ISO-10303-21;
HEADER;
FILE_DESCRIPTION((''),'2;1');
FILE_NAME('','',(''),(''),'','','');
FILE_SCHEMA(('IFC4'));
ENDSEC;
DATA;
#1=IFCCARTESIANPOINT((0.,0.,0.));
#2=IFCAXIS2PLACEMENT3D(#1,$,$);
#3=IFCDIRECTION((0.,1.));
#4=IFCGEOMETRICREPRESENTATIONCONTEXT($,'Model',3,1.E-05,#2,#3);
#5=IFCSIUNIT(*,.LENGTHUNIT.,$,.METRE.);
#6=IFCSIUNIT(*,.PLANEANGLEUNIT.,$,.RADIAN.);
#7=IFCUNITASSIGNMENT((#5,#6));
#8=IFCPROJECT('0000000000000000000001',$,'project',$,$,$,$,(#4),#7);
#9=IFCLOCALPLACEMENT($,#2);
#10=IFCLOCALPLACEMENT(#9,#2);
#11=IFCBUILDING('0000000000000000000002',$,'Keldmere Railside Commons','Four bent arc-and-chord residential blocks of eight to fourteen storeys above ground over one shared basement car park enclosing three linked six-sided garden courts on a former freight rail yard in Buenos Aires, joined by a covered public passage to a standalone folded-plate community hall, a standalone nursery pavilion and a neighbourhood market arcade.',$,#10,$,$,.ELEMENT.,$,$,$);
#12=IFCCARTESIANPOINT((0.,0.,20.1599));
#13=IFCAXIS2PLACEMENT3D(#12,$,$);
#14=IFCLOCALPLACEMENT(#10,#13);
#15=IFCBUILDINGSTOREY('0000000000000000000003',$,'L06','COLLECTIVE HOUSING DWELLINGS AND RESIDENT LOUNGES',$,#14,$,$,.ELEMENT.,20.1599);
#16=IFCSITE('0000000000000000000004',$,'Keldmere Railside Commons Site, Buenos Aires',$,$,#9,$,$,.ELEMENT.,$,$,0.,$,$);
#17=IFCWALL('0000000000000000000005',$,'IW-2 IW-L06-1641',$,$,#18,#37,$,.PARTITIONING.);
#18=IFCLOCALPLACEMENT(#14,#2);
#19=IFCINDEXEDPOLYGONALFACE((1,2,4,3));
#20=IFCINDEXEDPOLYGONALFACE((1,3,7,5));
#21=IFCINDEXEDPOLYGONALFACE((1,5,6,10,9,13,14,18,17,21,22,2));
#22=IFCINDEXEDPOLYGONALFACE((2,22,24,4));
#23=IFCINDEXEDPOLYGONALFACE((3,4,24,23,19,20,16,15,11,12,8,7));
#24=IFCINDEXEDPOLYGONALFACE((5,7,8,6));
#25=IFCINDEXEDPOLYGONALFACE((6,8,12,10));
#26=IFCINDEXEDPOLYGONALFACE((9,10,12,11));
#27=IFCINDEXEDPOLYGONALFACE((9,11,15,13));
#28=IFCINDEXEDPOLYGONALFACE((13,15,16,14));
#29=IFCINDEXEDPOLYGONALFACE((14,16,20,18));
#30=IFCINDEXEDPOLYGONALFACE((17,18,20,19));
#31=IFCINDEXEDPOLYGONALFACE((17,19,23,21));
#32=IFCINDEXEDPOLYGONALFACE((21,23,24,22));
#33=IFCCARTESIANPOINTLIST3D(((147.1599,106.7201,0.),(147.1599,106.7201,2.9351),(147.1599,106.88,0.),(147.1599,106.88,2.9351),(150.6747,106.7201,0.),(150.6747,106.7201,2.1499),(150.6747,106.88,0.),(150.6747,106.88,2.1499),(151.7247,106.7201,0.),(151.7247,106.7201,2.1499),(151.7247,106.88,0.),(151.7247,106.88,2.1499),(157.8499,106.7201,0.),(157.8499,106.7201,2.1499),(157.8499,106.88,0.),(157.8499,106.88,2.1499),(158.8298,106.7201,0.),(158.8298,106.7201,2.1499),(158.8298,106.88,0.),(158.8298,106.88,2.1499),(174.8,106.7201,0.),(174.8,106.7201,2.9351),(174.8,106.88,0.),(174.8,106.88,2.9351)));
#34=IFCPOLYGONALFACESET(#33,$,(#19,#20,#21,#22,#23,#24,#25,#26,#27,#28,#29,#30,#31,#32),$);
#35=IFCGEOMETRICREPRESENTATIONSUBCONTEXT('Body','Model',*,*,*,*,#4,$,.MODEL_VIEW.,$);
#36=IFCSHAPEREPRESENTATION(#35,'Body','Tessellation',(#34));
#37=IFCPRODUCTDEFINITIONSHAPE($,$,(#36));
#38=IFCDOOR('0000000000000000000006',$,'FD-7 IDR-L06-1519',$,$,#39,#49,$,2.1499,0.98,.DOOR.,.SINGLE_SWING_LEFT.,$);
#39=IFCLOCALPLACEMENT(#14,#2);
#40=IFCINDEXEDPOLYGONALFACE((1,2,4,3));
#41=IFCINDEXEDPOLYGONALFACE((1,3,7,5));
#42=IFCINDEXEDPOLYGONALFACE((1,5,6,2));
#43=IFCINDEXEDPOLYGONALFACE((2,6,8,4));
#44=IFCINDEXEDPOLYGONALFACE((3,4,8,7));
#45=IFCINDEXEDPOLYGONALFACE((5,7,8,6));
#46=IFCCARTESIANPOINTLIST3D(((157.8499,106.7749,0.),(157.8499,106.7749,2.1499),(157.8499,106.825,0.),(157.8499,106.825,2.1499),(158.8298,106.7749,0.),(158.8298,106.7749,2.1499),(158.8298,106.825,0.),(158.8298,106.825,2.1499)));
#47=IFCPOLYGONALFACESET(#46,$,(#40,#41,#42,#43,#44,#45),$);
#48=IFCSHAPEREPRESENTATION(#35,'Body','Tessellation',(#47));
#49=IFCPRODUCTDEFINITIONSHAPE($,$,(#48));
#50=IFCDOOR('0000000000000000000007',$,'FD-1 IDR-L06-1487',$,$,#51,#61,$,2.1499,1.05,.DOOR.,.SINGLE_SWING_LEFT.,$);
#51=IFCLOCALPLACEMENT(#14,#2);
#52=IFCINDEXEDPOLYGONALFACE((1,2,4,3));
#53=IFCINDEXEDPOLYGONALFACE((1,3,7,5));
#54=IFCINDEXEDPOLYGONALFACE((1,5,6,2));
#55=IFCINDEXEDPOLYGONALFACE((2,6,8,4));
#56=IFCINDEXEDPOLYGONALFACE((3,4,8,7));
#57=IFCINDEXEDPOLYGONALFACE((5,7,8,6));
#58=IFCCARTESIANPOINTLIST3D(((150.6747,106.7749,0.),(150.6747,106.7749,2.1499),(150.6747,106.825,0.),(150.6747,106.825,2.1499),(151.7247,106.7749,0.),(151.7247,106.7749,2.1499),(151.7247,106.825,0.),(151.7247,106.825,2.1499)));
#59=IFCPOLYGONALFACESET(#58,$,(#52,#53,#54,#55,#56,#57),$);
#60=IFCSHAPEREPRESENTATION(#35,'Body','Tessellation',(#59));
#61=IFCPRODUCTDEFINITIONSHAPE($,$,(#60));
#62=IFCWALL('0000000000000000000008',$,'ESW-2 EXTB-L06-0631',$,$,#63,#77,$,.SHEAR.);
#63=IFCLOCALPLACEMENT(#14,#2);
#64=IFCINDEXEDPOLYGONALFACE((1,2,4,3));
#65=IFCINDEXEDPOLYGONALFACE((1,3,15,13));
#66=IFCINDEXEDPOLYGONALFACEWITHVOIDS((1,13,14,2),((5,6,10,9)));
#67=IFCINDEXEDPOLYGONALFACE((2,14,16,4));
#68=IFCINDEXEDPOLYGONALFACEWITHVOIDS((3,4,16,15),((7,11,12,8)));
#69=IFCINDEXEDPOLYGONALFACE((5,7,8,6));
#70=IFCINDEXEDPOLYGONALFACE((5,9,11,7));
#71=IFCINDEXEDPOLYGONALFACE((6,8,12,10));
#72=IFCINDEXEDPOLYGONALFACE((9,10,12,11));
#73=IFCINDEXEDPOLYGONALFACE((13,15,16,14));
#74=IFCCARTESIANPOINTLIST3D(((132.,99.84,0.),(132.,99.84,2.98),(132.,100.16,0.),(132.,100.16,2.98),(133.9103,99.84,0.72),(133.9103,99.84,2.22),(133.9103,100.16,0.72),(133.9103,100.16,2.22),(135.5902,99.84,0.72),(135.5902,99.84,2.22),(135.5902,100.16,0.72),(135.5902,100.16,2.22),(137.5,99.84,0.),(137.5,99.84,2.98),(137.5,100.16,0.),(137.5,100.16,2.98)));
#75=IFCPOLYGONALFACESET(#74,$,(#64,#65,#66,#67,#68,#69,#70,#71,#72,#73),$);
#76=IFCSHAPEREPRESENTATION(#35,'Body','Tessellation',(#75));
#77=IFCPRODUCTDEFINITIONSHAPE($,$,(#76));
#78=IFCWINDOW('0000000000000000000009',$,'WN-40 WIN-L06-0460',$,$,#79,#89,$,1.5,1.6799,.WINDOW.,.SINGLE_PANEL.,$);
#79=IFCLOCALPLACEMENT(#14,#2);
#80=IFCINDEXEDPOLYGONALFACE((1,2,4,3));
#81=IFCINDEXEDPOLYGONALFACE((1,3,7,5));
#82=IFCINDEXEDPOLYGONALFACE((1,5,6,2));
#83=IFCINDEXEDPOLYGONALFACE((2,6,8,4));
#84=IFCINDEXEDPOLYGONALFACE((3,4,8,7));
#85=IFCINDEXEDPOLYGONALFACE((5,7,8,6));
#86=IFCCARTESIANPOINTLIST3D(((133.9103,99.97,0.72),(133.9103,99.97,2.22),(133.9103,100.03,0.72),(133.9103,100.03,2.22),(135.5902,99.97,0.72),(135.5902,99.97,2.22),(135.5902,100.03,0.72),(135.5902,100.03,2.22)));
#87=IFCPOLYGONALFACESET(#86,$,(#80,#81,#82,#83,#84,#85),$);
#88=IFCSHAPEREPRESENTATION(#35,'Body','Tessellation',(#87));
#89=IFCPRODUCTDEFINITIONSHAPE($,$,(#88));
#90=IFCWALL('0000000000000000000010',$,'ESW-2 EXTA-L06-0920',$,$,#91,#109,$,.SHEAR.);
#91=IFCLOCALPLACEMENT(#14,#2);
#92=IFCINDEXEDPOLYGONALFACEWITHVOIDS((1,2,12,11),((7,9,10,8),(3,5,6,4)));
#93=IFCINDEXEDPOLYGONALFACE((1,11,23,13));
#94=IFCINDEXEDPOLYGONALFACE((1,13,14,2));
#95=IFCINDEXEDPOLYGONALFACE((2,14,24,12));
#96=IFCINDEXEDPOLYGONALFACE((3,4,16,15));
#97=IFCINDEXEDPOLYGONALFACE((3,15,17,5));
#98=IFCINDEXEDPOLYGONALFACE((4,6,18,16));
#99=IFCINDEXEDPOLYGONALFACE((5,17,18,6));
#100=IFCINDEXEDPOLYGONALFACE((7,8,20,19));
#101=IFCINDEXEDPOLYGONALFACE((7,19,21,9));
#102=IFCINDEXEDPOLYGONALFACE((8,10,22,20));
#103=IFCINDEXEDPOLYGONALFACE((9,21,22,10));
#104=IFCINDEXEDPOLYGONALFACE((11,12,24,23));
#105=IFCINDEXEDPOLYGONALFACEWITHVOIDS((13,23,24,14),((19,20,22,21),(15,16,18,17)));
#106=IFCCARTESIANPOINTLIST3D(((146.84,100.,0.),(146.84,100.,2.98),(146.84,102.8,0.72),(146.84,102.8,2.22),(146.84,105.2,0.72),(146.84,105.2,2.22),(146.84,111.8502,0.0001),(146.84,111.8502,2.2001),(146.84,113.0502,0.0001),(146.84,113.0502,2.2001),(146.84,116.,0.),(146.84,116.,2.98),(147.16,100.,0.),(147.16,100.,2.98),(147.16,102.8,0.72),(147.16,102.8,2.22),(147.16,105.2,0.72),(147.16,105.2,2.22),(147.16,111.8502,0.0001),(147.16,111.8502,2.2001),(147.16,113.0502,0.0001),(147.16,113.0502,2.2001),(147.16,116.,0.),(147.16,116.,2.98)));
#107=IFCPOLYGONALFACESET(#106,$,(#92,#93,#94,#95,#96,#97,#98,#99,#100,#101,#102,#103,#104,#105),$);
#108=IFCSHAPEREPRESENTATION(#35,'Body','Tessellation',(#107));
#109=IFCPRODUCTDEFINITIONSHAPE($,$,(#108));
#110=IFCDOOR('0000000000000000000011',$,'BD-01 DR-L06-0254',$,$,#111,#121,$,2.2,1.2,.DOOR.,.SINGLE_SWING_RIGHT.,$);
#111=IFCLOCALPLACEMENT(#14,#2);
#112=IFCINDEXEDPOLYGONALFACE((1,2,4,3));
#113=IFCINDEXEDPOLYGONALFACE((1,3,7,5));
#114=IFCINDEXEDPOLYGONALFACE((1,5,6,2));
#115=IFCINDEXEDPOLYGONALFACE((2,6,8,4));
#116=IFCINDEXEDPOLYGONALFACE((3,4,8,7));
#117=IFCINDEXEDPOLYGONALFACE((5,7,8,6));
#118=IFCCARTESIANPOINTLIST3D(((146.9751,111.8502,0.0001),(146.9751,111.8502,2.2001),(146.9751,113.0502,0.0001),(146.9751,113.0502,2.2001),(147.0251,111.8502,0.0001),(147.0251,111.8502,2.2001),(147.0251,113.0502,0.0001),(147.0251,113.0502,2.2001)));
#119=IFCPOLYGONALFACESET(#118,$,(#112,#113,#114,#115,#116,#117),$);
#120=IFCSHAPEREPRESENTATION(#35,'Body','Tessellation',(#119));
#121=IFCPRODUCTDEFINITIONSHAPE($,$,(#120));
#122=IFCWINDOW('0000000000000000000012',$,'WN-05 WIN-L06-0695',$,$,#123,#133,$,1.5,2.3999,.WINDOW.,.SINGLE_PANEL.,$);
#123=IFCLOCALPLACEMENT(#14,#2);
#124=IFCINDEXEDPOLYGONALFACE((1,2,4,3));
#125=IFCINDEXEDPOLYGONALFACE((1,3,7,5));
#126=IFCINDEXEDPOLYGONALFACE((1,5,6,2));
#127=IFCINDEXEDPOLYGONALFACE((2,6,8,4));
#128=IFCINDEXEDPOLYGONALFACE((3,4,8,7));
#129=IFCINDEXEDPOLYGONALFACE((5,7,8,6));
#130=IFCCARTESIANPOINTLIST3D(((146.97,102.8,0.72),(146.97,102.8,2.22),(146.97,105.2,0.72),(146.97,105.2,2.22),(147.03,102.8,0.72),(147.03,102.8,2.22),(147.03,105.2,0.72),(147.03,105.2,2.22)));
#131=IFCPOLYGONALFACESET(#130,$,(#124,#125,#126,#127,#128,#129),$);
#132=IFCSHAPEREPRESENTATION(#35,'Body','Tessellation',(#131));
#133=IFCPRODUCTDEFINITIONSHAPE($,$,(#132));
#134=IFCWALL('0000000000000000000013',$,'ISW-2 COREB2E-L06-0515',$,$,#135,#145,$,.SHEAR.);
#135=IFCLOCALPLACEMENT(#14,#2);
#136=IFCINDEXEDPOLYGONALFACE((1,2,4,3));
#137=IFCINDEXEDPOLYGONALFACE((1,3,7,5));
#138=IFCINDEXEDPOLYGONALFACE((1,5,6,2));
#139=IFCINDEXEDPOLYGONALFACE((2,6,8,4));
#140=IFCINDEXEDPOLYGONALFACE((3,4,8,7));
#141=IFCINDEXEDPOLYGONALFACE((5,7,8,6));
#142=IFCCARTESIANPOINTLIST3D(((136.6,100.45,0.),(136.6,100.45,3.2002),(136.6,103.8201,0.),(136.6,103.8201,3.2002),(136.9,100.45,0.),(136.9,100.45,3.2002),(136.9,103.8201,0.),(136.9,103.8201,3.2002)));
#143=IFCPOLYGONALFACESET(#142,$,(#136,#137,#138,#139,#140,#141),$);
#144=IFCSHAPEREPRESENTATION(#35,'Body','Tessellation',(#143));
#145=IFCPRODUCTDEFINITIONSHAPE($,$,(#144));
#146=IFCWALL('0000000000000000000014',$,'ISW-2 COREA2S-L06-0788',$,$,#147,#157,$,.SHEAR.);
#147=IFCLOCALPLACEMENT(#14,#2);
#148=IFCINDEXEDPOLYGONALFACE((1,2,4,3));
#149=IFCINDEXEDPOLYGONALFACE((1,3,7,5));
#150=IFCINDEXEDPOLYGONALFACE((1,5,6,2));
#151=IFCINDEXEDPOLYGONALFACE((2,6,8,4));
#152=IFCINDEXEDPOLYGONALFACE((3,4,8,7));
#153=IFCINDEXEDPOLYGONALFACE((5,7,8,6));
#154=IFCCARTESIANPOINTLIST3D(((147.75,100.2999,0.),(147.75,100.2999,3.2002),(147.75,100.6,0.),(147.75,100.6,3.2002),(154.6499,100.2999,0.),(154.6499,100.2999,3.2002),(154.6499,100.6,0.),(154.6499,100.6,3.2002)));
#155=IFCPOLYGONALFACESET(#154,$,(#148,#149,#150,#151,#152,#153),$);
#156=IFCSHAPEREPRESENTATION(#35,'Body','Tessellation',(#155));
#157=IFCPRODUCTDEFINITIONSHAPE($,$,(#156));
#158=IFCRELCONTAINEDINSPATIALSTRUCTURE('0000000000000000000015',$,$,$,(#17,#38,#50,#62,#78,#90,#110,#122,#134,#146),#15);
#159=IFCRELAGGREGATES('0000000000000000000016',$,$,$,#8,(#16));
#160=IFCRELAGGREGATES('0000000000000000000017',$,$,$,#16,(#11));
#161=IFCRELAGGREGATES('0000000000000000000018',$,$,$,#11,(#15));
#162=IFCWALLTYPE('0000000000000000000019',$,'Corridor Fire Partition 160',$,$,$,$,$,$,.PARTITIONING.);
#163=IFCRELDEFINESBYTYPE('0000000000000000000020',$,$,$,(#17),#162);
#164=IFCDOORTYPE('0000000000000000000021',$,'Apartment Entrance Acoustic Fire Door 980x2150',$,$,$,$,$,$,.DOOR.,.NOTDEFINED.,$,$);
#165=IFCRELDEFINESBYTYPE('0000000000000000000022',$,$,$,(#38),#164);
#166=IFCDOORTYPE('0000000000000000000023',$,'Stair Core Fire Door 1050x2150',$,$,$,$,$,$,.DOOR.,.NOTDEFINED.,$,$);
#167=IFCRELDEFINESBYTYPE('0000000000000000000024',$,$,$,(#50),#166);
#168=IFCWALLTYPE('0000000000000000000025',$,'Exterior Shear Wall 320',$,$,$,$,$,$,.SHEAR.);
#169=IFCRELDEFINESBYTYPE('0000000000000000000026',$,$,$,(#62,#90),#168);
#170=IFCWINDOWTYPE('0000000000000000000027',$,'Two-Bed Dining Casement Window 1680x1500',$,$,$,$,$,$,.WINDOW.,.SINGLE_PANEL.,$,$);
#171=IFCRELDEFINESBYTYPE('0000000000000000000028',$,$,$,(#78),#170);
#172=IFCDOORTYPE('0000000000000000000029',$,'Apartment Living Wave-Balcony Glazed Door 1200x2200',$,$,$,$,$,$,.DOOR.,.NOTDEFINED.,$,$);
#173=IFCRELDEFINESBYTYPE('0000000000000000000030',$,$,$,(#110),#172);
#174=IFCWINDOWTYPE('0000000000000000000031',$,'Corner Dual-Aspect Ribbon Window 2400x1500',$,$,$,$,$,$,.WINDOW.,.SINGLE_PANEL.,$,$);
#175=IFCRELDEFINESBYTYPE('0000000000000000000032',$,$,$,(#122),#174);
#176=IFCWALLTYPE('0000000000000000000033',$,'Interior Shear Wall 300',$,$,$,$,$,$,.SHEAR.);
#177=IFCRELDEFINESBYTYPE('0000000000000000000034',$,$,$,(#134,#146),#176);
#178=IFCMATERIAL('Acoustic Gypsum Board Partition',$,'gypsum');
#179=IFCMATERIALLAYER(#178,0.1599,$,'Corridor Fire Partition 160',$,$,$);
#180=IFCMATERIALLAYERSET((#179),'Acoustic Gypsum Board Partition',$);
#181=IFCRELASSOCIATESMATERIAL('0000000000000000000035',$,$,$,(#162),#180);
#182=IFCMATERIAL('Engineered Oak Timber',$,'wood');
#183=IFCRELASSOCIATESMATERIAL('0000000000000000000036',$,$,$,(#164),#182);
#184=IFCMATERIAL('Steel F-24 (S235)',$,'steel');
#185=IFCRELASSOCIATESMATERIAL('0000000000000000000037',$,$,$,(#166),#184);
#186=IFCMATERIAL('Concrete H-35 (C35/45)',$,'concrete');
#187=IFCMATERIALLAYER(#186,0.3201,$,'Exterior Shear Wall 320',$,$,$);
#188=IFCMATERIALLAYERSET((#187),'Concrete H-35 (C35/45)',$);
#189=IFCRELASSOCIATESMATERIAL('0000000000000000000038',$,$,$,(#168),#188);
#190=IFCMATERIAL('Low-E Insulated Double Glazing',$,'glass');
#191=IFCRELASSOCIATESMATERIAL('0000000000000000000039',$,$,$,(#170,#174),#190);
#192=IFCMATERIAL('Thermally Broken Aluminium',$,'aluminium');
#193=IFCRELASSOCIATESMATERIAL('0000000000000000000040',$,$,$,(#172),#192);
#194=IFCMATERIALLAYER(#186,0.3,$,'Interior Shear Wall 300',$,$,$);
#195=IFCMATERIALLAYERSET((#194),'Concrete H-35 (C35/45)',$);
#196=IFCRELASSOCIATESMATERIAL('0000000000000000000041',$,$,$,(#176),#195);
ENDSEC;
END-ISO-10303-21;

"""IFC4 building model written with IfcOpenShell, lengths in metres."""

from ifc_helpers import new_model, si_unit, direction, frame, frame_2d, origin, place, context, subcontext, project, spatial, rectangle, extrude, material, layer, layer_set, type_object, element, fill, save


model = new_model("IFC4")

# Units and contexts
model_context = context("Model", 3, precision=1e-05, world=origin(), true_north=direction((0.0, 1.0)))
body_context = subcontext(model_context, "Body", "Model", "MODEL_VIEW")
ifc_project = project(units=[si_unit("LENGTHUNIT", "METRE"), si_unit("PLANEANGLEUNIT", "RADIAN")], contexts=[model_context])

# Site, building, storey
site_placement = place(None, origin())
site = spatial("IfcSite", under=ifc_project, at=site_placement, Name="Keldmere Railside Commons Site, Buenos Aires", CompositionType="ELEMENT", RefElevation=0.0)
building_placement = place(site_placement, origin())
building = spatial("IfcBuilding", under=site, at=building_placement, Name="Keldmere Railside Commons", Description="Four bent arc-and-chord residential blocks of eight to fourteen storeys above ground over one shared basement car park enclosing three linked six-sided garden courts on a former freight rail yard in Buenos Aires, joined by a covered public passage to a standalone folded-plate community hall, a standalone nursery pavilion and a neighbourhood market arcade.", CompositionType="ELEMENT")
storey_placement = place(building_placement, frame((0.0, 0.0, 20.1599)))
storey = spatial("IfcBuildingStorey", under=building, at=storey_placement, Name="L06", Description="COLLECTIVE HOUSING DWELLINGS AND RESIDENT LOUNGES", CompositionType="ELEMENT", Elevation=20.1599)

# Wall, openings, doors
ifc_material_1 = material(Name="Acoustic Gypsum Board Partition", Category="gypsum")
ifc_layer_1 = layer(ifc_material_1, 0.1599, Name="Corridor Fire Partition 160")
ifc_layer_set_1 = layer_set([ifc_layer_1], Name="Acoustic Gypsum Board Partition")
wall_type_1 = type_object("IfcWallType", Name="Corridor Fire Partition 160", PredefinedType="PARTITIONING", material=ifc_layer_set_1)
wall_1_placement = place(storey_placement, frame((147.1599, 106.8, 0.0), z_axis=(0.0, 0.0, 1.0), x_axis=(1.0, 0.0, 0.0)))
wall_1 = element("IfcWall", 1, at=wall_1_placement, inside=storey, type_object=wall_type_1, Name="IW-2 IW-L06-1641", PredefinedType="PARTITIONING", context=body_context, shape_type="SweptSolid", body=[
    extrude(rectangle(XDim=27.6401, YDim=0.1599, at=frame_2d((13.8201, 0.0))), origin(), (0.0, 0.0, 1.0), 2.9351),
])
opening_1_placement = place(wall_1_placement, frame((3.5149, 0.0, 0.0)))
opening_1 = element("IfcOpeningElement", 2, at=opening_1_placement, cuts=wall_1, PredefinedType="OPENING", context=body_context, shape_type="SweptSolid", body=[
    extrude(rectangle(XDim=1.05, YDim=2.1499, at=frame_2d((0.5249, 1.075))), frame((0.0, 0.0898, 0.0), z_axis=(0.0, -1.0, 0.0), x_axis=(1.0, 0.0, 0.0)), (0.0, 0.0, 1.0), 0.1799),
])
opening_2_placement = place(wall_1_placement, frame((10.6899, 0.0, 0.0)))
opening_2 = element("IfcOpeningElement", 3, at=opening_2_placement, cuts=wall_1, PredefinedType="OPENING", context=body_context, shape_type="SweptSolid", body=[
    extrude(rectangle(XDim=0.98, YDim=2.1499, at=frame_2d((0.49, 1.075))), frame((0.0, 0.0898, 0.0), z_axis=(0.0, -1.0, 0.0), x_axis=(1.0, 0.0, 0.0)), (0.0, 0.0, 1.0), 0.1799),
])
ifc_material_2 = material(Name="Engineered Oak Timber", Category="wood")
door_type_1 = type_object("IfcDoorType", Name="Apartment Entrance Acoustic Fire Door 980x2150", OperationType="NOTDEFINED", PredefinedType="DOOR", material=ifc_material_2)
door_1_placement = place(opening_2_placement, origin())
door_1 = element("IfcDoor", 4, at=door_1_placement, inside=storey, type_object=door_type_1, Name="FD-7 IDR-L06-1519", OperationType="SINGLE_SWING_LEFT", OverallHeight=2.1499, OverallWidth=0.98, PredefinedType="DOOR", context=body_context, shape_type="SweptSolid", body=[
    extrude(rectangle(XDim=0.98, YDim=2.1499, at=frame_2d((0.49, 1.075))), frame((0.0, 0.0249, 0.0), z_axis=(0.0, -1.0, 0.0), x_axis=(1.0, 0.0, 0.0)), (0.0, 0.0, 1.0), 0.05),
])
fill(opening_2, door_1)
ifc_material_3 = material(Name="Steel F-24 (S235)", Category="steel")
door_type_2 = type_object("IfcDoorType", Name="Stair Core Fire Door 1050x2150", OperationType="NOTDEFINED", PredefinedType="DOOR", material=ifc_material_3)
door_2_placement = place(opening_1_placement, origin())
door_2 = element("IfcDoor", 5, at=door_2_placement, inside=storey, type_object=door_type_2, Name="FD-1 IDR-L06-1487", OperationType="SINGLE_SWING_LEFT", OverallHeight=2.1499, OverallWidth=1.05, PredefinedType="DOOR", context=body_context, shape_type="SweptSolid", body=[
    extrude(rectangle(XDim=1.05, YDim=2.1499, at=frame_2d((0.5249, 1.075))), frame((0.0, 0.0249, 0.0), z_axis=(0.0, -1.0, 0.0), x_axis=(1.0, 0.0, 0.0)), (0.0, 0.0, 1.0), 0.05),
])
fill(opening_1, door_2)

# Wall, opening, window
ifc_material_4 = material(Name="Concrete H-35 (C35/45)", Category="concrete")
ifc_layer_2 = layer(ifc_material_4, 0.3201, Name="Exterior Shear Wall 320")
ifc_layer_set_2 = layer_set([ifc_layer_2], Name="Concrete H-35 (C35/45)")
wall_type_2 = type_object("IfcWallType", Name="Exterior Shear Wall 320", PredefinedType="SHEAR", material=ifc_layer_set_2)
wall_2_placement = place(storey_placement, frame((137.5, 100.0, 0.0), z_axis=(0.0, 0.0, 1.0), x_axis=(-1.0, 0.0, 0.0)))
wall_2 = element("IfcWall", 6, at=wall_2_placement, inside=storey, type_object=wall_type_2, Name="ESW-2 EXTB-L06-0631", PredefinedType="SHEAR", context=body_context, shape_type="SweptSolid", body=[
    extrude(rectangle(XDim=5.5, YDim=0.3201, at=frame_2d((2.75, 0.0))), origin(), (0.0, 0.0, 1.0), 2.98),
])
opening_3_placement = place(wall_2_placement, frame((1.9099, 0.0, 0.72)))
opening_3 = element("IfcOpeningElement", 7, at=opening_3_placement, cuts=wall_2, PredefinedType="OPENING", context=body_context, shape_type="SweptSolid", body=[
    extrude(rectangle(XDim=1.6799, YDim=1.5, at=frame_2d((0.8398, 0.75))), frame((0.0, 0.1699, 0.0), z_axis=(0.0, -1.0, 0.0), x_axis=(1.0, 0.0, 0.0)), (0.0, 0.0, 1.0), 0.3401),
])
ifc_material_5 = material(Name="Low-E Insulated Double Glazing", Category="glass")
window_type_1 = type_object("IfcWindowType", Name="Two-Bed Dining Casement Window 1680x1500", PartitioningType="SINGLE_PANEL", PredefinedType="WINDOW", material=ifc_material_5)
window_1_placement = place(opening_3_placement, origin())
window_1 = element("IfcWindow", 8, at=window_1_placement, inside=storey, type_object=window_type_1, Name="WN-40 WIN-L06-0460", OverallHeight=1.5, OverallWidth=1.6799, PartitioningType="SINGLE_PANEL", PredefinedType="WINDOW", context=body_context, shape_type="SweptSolid", body=[
    extrude(rectangle(XDim=1.6799, YDim=1.5, at=frame_2d((0.8398, 0.75))), frame((0.0, 0.03, 0.0), z_axis=(0.0, -1.0, 0.0), x_axis=(1.0, 0.0, 0.0)), (0.0, 0.0, 1.0), 0.0601),
])
fill(opening_3, window_1)

# Wall, openings, door, window
wall_3_placement = place(storey_placement, frame((147.0, 100.0, 0.0), z_axis=(0.0, 0.0, 1.0), x_axis=(0.0, 1.0, 0.0)))
wall_3 = element("IfcWall", 9, at=wall_3_placement, inside=storey, type_object=wall_type_2, Name="ESW-2 EXTA-L06-0920", PredefinedType="SHEAR", context=body_context, shape_type="SweptSolid", body=[
    extrude(rectangle(XDim=16.0, YDim=0.3201, at=frame_2d((8.0, 0.0))), origin(), (0.0, 0.0, 1.0), 2.98),
])
opening_4_placement = place(wall_3_placement, frame((2.8, 0.0, 0.72)))
opening_4 = element("IfcOpeningElement", 10, at=opening_4_placement, cuts=wall_3, PredefinedType="OPENING", context=body_context, shape_type="SweptSolid", body=[
    extrude(rectangle(XDim=2.3999, YDim=1.5, at=frame_2d((1.2, 0.75))), frame((0.0, 0.1699, 0.0), z_axis=(0.0, -1.0, 0.0), x_axis=(1.0, 0.0, 0.0)), (0.0, 0.0, 1.0), 0.3401),
])
opening_5_placement = place(wall_3_placement, frame((11.8501, 0.0, 0.0)))
opening_5 = element("IfcOpeningElement", 11, at=opening_5_placement, cuts=wall_3, PredefinedType="OPENING", context=body_context, shape_type="SweptSolid", body=[
    extrude(rectangle(XDim=1.2, YDim=2.2, at=frame_2d((0.6001, 1.1001))), frame((0.0, 0.1699, 0.0), z_axis=(0.0, -1.0, 0.0), x_axis=(1.0, 0.0, 0.0)), (0.0, 0.0, 1.0), 0.3401),
])
ifc_material_6 = material(Name="Thermally Broken Aluminium", Category="aluminium")
door_type_3 = type_object("IfcDoorType", Name="Apartment Living Wave-Balcony Glazed Door 1200x2200", OperationType="NOTDEFINED", PredefinedType="DOOR", material=ifc_material_6)
door_3_placement = place(opening_5_placement, origin())
door_3 = element("IfcDoor", 12, at=door_3_placement, inside=storey, type_object=door_type_3, Name="BD-01 DR-L06-0254", OperationType="SINGLE_SWING_RIGHT", OverallHeight=2.2, OverallWidth=1.2, PredefinedType="DOOR", context=body_context, shape_type="SweptSolid", body=[
    extrude(rectangle(XDim=1.2, YDim=2.2, at=frame_2d((0.6001, 1.1001))), frame((0.0, 0.0249, 0.0), z_axis=(0.0, -1.0, 0.0), x_axis=(1.0, 0.0, 0.0)), (0.0, 0.0, 1.0), 0.05),
])
fill(opening_5, door_3)
window_type_2 = type_object("IfcWindowType", Name="Corner Dual-Aspect Ribbon Window 2400x1500", PartitioningType="SINGLE_PANEL", PredefinedType="WINDOW", material=ifc_material_5)
window_2_placement = place(opening_4_placement, origin())
window_2 = element("IfcWindow", 13, at=window_2_placement, inside=storey, type_object=window_type_2, Name="WN-05 WIN-L06-0695", OverallHeight=1.5, OverallWidth=2.3999, PartitioningType="SINGLE_PANEL", PredefinedType="WINDOW", context=body_context, shape_type="SweptSolid", body=[
    extrude(rectangle(XDim=2.3999, YDim=1.5, at=frame_2d((1.2, 0.75))), frame((0.0, 0.03, 0.0), z_axis=(0.0, -1.0, 0.0), x_axis=(1.0, 0.0, 0.0)), (0.0, 0.0, 1.0), 0.0601),
])
fill(opening_4, window_2)

# Walls
ifc_layer_3 = layer(ifc_material_4, 0.3, Name="Interior Shear Wall 300")
ifc_layer_set_3 = layer_set([ifc_layer_3], Name="Concrete H-35 (C35/45)")
wall_type_3 = type_object("IfcWallType", Name="Interior Shear Wall 300", PredefinedType="SHEAR", material=ifc_layer_set_3)
wall_4_placement = place(storey_placement, frame((136.75, 100.45, 0.0), z_axis=(0.0, 0.0, 1.0), x_axis=(0.0, 1.0, 0.0)))
element("IfcWall", 14, at=wall_4_placement, inside=storey, type_object=wall_type_3, Name="ISW-2 COREB2E-L06-0515", PredefinedType="SHEAR", context=body_context, shape_type="SweptSolid", body=[
    extrude(rectangle(XDim=3.3701, YDim=0.3, at=frame_2d((1.6851, 0.0))), origin(), (0.0, 0.0, 1.0), 3.2002),
])
wall_5_placement = place(storey_placement, frame((147.75, 100.45, 0.0), z_axis=(0.0, 0.0, 1.0), x_axis=(1.0, 0.0, 0.0)))
element("IfcWall", 15, at=wall_5_placement, inside=storey, type_object=wall_type_3, Name="ISW-2 COREA2S-L06-0788", PredefinedType="SHEAR", context=body_context, shape_type="SweptSolid", body=[
    extrude(rectangle(XDim=6.8999, YDim=0.3, at=frame_2d((3.45, 0.0))), origin(), (0.0, 0.0, 1.0), 3.2002),
])

save(model, "model.ifc")
